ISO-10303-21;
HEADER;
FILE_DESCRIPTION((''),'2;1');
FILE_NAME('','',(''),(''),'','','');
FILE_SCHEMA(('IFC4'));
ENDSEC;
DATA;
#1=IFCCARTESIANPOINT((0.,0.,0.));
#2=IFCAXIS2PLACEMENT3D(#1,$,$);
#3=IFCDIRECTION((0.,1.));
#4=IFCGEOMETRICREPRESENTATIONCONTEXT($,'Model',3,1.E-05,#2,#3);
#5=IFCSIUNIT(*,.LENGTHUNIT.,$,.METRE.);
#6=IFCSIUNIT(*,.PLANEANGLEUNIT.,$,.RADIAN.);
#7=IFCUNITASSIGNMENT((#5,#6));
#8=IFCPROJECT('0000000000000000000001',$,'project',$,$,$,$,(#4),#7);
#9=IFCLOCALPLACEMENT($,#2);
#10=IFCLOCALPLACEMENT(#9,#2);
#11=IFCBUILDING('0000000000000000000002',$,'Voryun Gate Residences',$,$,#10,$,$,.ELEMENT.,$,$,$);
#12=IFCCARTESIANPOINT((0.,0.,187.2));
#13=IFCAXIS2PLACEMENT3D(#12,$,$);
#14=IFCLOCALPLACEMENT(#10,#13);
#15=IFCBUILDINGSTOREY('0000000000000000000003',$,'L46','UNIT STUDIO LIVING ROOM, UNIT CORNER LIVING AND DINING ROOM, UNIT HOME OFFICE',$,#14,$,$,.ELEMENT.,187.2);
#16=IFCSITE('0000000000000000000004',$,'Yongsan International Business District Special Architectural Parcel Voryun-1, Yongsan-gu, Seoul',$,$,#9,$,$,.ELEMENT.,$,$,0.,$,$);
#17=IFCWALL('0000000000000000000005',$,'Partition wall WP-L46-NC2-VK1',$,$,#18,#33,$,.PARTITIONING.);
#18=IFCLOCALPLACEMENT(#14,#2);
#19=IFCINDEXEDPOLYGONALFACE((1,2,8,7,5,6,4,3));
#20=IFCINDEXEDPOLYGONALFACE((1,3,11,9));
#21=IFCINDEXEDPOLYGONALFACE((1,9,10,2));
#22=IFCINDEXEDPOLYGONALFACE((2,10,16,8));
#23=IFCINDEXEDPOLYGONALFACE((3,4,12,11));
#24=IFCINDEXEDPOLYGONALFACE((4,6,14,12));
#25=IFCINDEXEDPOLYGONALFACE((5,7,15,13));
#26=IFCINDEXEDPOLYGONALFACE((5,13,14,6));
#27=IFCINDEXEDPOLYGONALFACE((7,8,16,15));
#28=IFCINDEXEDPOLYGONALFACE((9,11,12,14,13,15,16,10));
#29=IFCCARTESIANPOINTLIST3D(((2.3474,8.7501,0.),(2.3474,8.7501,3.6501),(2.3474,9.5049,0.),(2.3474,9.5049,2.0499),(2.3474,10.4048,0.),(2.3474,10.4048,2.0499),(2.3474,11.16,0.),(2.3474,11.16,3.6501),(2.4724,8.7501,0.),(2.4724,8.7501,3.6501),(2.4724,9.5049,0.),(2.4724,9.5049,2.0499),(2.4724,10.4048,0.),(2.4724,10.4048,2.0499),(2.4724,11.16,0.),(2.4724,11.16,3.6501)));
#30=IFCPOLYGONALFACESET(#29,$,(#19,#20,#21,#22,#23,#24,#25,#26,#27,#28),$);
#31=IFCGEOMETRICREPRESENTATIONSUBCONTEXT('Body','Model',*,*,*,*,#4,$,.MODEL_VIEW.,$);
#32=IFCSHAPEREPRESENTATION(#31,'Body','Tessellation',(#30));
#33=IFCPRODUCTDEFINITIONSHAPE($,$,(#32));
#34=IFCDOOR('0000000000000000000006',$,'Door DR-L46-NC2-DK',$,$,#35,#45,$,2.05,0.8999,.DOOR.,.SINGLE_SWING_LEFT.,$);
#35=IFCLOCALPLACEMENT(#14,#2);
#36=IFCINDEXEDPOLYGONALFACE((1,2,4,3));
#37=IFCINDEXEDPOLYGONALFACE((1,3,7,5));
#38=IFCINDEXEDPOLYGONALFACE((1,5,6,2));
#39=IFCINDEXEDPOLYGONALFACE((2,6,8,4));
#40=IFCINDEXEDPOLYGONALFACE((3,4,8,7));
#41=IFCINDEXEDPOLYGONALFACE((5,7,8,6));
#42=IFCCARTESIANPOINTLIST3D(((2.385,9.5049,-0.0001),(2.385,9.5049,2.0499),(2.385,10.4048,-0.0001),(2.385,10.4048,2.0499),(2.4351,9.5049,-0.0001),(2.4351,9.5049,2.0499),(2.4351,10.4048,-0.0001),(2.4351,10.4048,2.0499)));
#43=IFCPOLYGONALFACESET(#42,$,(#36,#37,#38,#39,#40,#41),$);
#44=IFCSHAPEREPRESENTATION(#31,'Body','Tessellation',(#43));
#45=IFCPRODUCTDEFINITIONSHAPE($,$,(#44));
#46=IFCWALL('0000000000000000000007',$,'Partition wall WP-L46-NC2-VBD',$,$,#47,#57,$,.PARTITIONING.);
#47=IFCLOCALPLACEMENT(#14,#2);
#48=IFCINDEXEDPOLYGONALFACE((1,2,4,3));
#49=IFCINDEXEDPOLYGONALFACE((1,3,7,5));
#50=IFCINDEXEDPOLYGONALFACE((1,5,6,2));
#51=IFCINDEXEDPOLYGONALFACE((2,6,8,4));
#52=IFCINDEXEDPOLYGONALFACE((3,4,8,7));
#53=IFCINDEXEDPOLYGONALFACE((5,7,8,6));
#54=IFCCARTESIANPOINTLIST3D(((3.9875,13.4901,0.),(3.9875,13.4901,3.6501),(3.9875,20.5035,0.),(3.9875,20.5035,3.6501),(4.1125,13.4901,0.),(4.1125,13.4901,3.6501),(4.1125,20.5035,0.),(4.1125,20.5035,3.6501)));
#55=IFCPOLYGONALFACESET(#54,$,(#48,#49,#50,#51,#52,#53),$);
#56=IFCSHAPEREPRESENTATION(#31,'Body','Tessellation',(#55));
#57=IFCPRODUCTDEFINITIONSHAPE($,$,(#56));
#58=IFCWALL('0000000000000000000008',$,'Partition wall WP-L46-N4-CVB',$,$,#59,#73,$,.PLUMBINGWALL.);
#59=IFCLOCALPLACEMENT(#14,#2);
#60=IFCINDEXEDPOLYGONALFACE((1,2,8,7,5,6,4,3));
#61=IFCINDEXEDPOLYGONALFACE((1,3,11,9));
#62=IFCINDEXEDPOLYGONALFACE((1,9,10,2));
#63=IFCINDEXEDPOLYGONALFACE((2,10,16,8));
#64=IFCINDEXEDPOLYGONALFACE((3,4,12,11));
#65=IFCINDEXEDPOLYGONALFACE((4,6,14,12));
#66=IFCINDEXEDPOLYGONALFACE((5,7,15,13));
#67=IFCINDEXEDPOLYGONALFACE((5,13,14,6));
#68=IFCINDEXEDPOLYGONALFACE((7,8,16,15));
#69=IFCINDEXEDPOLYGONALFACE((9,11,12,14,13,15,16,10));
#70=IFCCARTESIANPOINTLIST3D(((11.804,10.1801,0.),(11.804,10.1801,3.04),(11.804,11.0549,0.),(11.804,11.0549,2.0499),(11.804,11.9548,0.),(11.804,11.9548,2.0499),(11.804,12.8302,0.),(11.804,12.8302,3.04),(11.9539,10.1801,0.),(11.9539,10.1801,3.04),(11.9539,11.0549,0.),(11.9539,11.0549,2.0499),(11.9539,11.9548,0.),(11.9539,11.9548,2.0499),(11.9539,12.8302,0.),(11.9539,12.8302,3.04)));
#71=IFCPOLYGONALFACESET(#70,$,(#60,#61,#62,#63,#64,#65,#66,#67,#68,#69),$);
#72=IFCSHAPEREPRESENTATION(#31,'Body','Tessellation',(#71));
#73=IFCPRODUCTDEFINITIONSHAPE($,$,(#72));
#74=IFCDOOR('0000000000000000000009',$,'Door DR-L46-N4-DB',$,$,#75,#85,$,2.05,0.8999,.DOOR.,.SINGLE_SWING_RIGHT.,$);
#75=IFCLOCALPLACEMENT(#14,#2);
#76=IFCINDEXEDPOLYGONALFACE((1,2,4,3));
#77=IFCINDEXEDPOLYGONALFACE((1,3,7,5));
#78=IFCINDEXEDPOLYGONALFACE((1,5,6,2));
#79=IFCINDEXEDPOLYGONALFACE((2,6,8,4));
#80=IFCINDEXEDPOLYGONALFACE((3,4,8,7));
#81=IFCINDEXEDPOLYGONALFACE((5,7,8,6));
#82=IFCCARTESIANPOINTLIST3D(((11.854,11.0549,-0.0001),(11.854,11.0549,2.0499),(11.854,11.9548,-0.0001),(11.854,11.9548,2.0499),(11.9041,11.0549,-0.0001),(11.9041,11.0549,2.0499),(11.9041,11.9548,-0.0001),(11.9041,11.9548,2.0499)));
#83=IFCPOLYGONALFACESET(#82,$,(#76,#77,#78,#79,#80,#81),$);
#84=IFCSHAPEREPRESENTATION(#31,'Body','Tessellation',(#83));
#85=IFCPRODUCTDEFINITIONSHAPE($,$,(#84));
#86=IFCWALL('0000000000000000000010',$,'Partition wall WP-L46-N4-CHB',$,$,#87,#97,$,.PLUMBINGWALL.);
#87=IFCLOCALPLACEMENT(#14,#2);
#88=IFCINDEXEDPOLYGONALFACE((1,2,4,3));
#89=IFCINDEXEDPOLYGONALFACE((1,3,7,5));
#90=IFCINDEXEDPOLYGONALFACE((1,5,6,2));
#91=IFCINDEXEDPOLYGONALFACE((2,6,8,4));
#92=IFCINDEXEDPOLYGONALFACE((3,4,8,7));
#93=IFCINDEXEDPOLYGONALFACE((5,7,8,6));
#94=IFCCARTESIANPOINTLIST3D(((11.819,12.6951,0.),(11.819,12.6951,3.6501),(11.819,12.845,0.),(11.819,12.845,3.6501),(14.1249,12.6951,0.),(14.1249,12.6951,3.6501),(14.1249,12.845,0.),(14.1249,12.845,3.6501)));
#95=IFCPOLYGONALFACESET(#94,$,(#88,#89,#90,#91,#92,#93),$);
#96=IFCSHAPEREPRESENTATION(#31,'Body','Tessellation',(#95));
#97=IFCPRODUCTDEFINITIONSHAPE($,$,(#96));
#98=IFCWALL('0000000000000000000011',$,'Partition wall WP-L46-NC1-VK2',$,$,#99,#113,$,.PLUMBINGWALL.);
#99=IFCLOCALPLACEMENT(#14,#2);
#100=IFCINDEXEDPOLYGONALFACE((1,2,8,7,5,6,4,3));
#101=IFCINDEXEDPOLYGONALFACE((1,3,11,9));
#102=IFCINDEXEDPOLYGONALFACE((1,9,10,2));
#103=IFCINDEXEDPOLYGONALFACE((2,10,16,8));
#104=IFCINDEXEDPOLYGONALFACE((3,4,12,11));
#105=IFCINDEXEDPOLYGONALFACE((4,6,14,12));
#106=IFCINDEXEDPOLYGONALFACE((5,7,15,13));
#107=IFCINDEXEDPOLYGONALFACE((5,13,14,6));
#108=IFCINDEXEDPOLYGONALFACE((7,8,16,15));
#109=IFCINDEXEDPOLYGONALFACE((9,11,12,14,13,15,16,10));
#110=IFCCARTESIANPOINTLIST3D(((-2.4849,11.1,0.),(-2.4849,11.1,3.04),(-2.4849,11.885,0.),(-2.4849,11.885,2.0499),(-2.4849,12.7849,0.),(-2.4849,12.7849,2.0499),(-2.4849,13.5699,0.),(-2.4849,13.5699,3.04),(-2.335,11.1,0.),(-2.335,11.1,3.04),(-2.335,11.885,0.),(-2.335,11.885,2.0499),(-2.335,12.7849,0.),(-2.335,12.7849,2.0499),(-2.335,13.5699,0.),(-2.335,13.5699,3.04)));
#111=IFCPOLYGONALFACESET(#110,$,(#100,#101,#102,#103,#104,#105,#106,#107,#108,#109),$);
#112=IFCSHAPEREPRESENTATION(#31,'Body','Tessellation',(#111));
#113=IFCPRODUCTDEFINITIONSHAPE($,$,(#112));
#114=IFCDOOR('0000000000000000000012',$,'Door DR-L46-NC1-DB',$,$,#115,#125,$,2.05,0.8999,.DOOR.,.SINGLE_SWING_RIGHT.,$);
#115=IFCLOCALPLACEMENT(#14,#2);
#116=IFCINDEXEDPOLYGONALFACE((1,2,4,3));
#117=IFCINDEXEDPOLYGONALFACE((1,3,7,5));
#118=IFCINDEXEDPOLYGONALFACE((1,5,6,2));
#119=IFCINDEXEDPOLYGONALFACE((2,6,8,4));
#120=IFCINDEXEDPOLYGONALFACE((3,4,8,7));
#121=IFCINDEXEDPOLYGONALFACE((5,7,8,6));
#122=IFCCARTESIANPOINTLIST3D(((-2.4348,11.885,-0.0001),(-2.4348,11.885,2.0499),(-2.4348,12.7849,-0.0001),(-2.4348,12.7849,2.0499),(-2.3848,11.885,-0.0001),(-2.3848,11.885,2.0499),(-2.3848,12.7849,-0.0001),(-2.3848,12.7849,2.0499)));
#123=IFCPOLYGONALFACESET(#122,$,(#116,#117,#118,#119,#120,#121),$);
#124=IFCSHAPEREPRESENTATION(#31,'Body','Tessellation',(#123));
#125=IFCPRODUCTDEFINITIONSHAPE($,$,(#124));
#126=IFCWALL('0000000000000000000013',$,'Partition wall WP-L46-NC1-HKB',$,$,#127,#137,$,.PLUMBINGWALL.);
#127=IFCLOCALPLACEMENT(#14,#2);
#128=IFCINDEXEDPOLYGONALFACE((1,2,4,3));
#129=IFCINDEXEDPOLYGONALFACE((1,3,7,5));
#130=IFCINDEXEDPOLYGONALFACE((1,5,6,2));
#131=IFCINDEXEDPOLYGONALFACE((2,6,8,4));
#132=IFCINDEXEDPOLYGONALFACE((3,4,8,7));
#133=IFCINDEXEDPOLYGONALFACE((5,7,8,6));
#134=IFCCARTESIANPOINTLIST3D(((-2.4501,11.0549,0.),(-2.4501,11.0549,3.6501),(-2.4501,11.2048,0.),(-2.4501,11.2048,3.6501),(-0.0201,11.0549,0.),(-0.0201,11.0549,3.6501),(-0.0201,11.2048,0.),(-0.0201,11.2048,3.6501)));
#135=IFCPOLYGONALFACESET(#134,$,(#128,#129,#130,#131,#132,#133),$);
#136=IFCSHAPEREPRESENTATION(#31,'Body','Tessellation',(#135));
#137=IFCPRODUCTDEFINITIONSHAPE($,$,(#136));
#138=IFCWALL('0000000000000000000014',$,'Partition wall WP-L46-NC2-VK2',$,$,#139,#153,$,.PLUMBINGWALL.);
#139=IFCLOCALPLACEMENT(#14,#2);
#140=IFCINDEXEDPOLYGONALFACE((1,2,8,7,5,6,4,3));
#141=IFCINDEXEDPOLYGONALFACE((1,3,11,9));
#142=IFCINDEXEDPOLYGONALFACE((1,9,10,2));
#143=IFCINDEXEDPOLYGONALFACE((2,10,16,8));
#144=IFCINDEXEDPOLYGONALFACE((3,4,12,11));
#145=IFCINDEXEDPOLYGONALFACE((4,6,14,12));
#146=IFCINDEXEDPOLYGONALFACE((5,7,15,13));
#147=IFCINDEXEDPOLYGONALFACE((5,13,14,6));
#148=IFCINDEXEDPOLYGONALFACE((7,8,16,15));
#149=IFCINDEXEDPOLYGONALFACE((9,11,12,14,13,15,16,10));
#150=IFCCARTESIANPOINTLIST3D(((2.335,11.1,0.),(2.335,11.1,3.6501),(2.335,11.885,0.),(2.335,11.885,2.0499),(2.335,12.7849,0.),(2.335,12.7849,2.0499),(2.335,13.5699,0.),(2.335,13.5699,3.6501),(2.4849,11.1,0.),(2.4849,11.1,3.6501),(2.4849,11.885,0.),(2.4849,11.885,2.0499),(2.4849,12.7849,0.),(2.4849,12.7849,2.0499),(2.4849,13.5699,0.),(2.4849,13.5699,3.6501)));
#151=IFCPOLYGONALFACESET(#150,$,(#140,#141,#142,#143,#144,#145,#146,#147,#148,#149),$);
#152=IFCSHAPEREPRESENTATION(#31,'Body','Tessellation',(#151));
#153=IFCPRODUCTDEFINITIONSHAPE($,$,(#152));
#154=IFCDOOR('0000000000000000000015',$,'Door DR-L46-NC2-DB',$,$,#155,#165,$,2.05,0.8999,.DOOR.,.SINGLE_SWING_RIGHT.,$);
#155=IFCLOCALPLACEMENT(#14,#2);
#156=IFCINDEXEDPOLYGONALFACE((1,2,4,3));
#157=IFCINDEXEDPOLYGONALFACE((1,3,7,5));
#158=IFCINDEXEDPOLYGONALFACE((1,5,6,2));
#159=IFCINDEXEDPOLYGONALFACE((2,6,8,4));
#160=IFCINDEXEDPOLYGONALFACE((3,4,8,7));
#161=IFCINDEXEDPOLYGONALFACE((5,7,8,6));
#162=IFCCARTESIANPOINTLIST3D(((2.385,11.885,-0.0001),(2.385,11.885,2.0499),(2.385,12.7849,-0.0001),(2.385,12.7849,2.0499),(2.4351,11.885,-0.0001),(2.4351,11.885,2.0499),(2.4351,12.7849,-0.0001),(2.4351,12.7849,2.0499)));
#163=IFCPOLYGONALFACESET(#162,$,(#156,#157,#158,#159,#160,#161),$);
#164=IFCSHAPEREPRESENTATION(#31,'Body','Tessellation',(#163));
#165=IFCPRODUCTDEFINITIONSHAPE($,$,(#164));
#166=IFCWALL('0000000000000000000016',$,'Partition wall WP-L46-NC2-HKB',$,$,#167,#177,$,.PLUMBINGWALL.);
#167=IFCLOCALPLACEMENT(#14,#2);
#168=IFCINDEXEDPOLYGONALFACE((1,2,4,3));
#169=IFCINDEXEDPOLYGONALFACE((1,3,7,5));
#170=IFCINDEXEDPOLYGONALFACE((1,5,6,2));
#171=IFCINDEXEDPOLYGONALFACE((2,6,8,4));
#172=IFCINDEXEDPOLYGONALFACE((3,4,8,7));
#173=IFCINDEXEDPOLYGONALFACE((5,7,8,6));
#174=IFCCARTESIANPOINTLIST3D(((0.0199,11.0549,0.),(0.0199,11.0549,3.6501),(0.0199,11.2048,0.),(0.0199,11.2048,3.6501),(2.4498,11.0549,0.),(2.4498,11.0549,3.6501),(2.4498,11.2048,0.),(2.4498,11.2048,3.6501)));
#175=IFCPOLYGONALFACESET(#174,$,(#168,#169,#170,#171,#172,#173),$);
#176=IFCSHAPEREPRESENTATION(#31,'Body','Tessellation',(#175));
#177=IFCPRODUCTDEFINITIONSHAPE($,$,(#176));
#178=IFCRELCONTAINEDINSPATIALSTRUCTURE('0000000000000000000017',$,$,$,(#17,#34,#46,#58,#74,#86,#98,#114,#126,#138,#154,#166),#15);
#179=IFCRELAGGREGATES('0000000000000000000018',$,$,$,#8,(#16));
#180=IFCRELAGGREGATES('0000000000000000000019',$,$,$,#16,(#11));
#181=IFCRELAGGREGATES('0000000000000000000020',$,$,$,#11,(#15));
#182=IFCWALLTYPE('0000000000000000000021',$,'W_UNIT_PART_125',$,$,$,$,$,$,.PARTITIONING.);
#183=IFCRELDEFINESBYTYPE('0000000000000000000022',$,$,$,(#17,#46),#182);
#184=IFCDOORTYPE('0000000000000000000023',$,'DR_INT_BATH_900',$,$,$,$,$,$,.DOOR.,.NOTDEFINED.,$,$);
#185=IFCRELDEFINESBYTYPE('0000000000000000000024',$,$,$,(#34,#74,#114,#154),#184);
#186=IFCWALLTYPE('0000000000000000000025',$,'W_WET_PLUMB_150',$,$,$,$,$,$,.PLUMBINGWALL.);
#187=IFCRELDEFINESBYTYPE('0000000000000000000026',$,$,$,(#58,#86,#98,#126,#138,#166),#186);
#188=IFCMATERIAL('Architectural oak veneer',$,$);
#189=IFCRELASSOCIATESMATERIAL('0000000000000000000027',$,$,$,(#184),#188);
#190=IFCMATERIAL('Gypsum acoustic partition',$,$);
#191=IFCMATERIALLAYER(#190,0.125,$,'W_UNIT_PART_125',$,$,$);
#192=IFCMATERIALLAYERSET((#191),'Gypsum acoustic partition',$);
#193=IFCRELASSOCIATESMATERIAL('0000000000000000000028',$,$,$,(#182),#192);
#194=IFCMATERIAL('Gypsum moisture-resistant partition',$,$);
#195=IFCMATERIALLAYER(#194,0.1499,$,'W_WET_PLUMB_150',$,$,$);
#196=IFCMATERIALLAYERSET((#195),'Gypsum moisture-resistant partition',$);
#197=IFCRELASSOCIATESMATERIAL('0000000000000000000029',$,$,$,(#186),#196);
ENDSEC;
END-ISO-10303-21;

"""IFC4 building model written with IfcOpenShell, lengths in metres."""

from ifc_helpers import new_model, si_unit, direction, frame, frame_2d, origin, place, context, subcontext, project, spatial, rectangle, extrude, material, layer, layer_set, type_object, element, fill, save


model = new_model("IFC4")

# Units and contexts
model_context = context("Model", 3, precision=1e-05, world=origin(), true_north=direction((0.0, 1.0)))
body_context = subcontext(model_context, "Body", "Model", "MODEL_VIEW")
ifc_project = project(units=[si_unit("LENGTHUNIT", "METRE"), si_unit("PLANEANGLEUNIT", "RADIAN")], contexts=[model_context])

# Site, building, storey
site_placement = place(None, origin())
site = spatial("IfcSite", under=ifc_project, at=site_placement, Name="Yongsan International Business District Special Architectural Parcel Voryun-1, Yongsan-gu, Seoul", CompositionType="ELEMENT", RefElevation=0.0)
building_placement = place(site_placement, origin())
building = spatial("IfcBuilding", under=site, at=building_placement, Name="Voryun Gate Residences", CompositionType="ELEMENT")
storey_placement = place(building_placement, frame((0.0, 0.0, 187.2)))
storey = spatial("IfcBuildingStorey", under=building, at=storey_placement, Name="L46", Description="UNIT STUDIO LIVING ROOM, UNIT CORNER LIVING AND DINING ROOM, UNIT HOME OFFICE", CompositionType="ELEMENT", Elevation=187.2)

# Shared definitions
ifc_material_1 = material(Name="Architectural oak veneer")
door_type_1 = type_object("IfcDoorType", Name="DR_INT_BATH_900", OperationType="NOTDEFINED", PredefinedType="DOOR", material=ifc_material_1)

# Shared definitions
ifc_material_2 = material(Name="Gypsum acoustic partition")
ifc_layer_1 = layer(ifc_material_2, 0.125, Name="W_UNIT_PART_125")
ifc_layer_set_1 = layer_set([ifc_layer_1], Name="Gypsum acoustic partition")
wall_type_1 = type_object("IfcWallType", Name="W_UNIT_PART_125", PredefinedType="PARTITIONING", material=ifc_layer_set_1)

# Wall, opening, door
wall_1_placement = place(storey_placement, frame((2.4099, 8.75, 0.0), z_axis=(0.0, 0.0, 1.0), x_axis=(0.0, 1.0, 0.0)))
wall_1 = element("IfcWall", 1, at=wall_1_placement, inside=storey, type_object=wall_type_1, Name="Partition wall WP-L46-NC2-VK1", PredefinedType="PARTITIONING", context=body_context, shape_type="SweptSolid", body=[
    extrude(rectangle(XDim=2.4099, YDim=0.125, at=frame_2d((1.2051, 0.0))), origin(), (0.0, 0.0, 1.0), 3.6501),
])
opening_1_placement = place(wall_1_placement, frame((0.7549, 0.0, 0.0)))
opening_1 = element("IfcOpeningElement", 2, at=opening_1_placement, cuts=wall_1, PredefinedType="OPENING", context=body_context, shape_type="SweptSolid", body=[
    extrude(rectangle(XDim=0.8999, YDim=2.05, at=frame_2d((0.45, 1.0249))), frame((0.0, 0.0725, 0.0), z_axis=(0.0, -1.0, 0.0), x_axis=(1.0, 0.0, 0.0)), (0.0, 0.0, 1.0), 0.145),
])
door_1_placement = place(opening_1_placement, origin())
door_1 = element("IfcDoor", 3, at=door_1_placement, inside=storey, type_object=door_type_1, Name="Door DR-L46-NC2-DK", OperationType="SINGLE_SWING_LEFT", OverallHeight=2.05, OverallWidth=0.8999, PredefinedType="DOOR", context=body_context, shape_type="SweptSolid", body=[
    extrude(rectangle(XDim=0.8999, YDim=2.05, at=frame_2d((0.45, 1.0249))), frame((0.0, 0.0249, 0.0), z_axis=(0.0, -1.0, 0.0), x_axis=(1.0, 0.0, 0.0)), (0.0, 0.0, 1.0), 0.05),
])
fill(opening_1, door_1)

# Wall
wall_2_placement = place(storey_placement, frame((4.05, 13.49, 0.0), z_axis=(0.0, 0.0, 1.0), x_axis=(0.0, 1.0, 0.0)))
element("IfcWall", 4, at=wall_2_placement, inside=storey, type_object=wall_type_1, Name="Partition wall WP-L46-NC2-VBD", PredefinedType="PARTITIONING", context=body_context, shape_type="SweptSolid", body=[
    extrude(rectangle(XDim=7.0134, YDim=0.125, at=frame_2d((3.5068, 0.0))), origin(), (0.0, 0.0, 1.0), 3.6501),
])

# Wall, opening, door
ifc_material_3 = material(Name="Gypsum moisture-resistant partition")
ifc_layer_2 = layer(ifc_material_3, 0.1499, Name="W_WET_PLUMB_150")
ifc_layer_set_2 = layer_set([ifc_layer_2], Name="Gypsum moisture-resistant partition")
wall_type_2 = type_object("IfcWallType", Name="W_WET_PLUMB_150", PredefinedType="PLUMBINGWALL", material=ifc_layer_set_2)
wall_3_placement = place(storey_placement, frame((11.8789, 10.1799, 0.0), z_axis=(0.0, 0.0, 1.0), x_axis=(0.0, 1.0, 0.0)))
wall_3 = element("IfcWall", 5, at=wall_3_placement, inside=storey, type_object=wall_type_2, Name="Partition wall WP-L46-N4-CVB", PredefinedType="PLUMBINGWALL", context=body_context, shape_type="SweptSolid", body=[
    extrude(rectangle(XDim=2.6501, YDim=0.1499, at=frame_2d((1.3252, 0.0))), origin(), (0.0, 0.0, 1.0), 3.04),
])
opening_2_placement = place(wall_3_placement, frame((0.875, 0.0, 0.0)))
opening_2 = element("IfcOpeningElement", 6, at=opening_2_placement, cuts=wall_3, PredefinedType="OPENING", context=body_context, shape_type="SweptSolid", body=[
    extrude(rectangle(XDim=0.8999, YDim=2.05, at=frame_2d((0.45, 1.0249))), frame((0.0, 0.085, 0.0), z_axis=(0.0, -1.0, 0.0), x_axis=(1.0, 0.0, 0.0)), (0.0, 0.0, 1.0), 0.1699),
])
door_2_placement = place(opening_2_placement, origin())
door_2 = element("IfcDoor", 7, at=door_2_placement, inside=storey, type_object=door_type_1, Name="Door DR-L46-N4-DB", OperationType="SINGLE_SWING_RIGHT", OverallHeight=2.05, OverallWidth=0.8999, PredefinedType="DOOR", context=body_context, shape_type="SweptSolid", body=[
    extrude(rectangle(XDim=0.8999, YDim=2.05, at=frame_2d((0.45, 1.0249))), frame((0.0, 0.0249, 0.0), z_axis=(0.0, -1.0, 0.0), x_axis=(1.0, 0.0, 0.0)), (0.0, 0.0, 1.0), 0.05),
])
fill(opening_2, door_2)

# Wall
wall_4_placement = place(storey_placement, frame((11.8191, 12.77, 0.0), z_axis=(0.0, 0.0, 1.0), x_axis=(1.0, 0.0, 0.0)))
element("IfcWall", 8, at=wall_4_placement, inside=storey, type_object=wall_type_2, Name="Partition wall WP-L46-N4-CHB", PredefinedType="PLUMBINGWALL", context=body_context, shape_type="SweptSolid", body=[
    extrude(rectangle(XDim=2.3059, YDim=0.1499, at=frame_2d((1.1528, 0.0))), origin(), (0.0, 0.0, 1.0), 3.6501),
])

# Wall, opening, door
wall_5_placement = place(storey_placement, frame((-2.4099, 11.1001, 0.0), z_axis=(0.0, 0.0, 1.0), x_axis=(0.0, 1.0, 0.0)))
wall_5 = element("IfcWall", 9, at=wall_5_placement, inside=storey, type_object=wall_type_2, Name="Partition wall WP-L46-NC1-VK2", PredefinedType="PLUMBINGWALL", context=body_context, shape_type="SweptSolid", body=[
    extrude(rectangle(XDim=2.47, YDim=0.1499, at=frame_2d((1.2349, 0.0))), origin(), (0.0, 0.0, 1.0), 3.04),
])
opening_3_placement = place(wall_5_placement, frame((0.7849, 0.0, 0.0)))
opening_3 = element("IfcOpeningElement", 10, at=opening_3_placement, cuts=wall_5, PredefinedType="OPENING", context=body_context, shape_type="SweptSolid", body=[
    extrude(rectangle(XDim=0.8999, YDim=2.05, at=frame_2d((0.45, 1.0249))), frame((0.0, 0.085, 0.0), z_axis=(0.0, -1.0, 0.0), x_axis=(1.0, 0.0, 0.0)), (0.0, 0.0, 1.0), 0.1699),
])
door_3_placement = place(opening_3_placement, origin())
door_3 = element("IfcDoor", 11, at=door_3_placement, inside=storey, type_object=door_type_1, Name="Door DR-L46-NC1-DB", OperationType="SINGLE_SWING_RIGHT", OverallHeight=2.05, OverallWidth=0.8999, PredefinedType="DOOR", context=body_context, shape_type="SweptSolid", body=[
    extrude(rectangle(XDim=0.8999, YDim=2.05, at=frame_2d((0.45, 1.0249))), frame((0.0, 0.0249, 0.0), z_axis=(0.0, -1.0, 0.0), x_axis=(1.0, 0.0, 0.0)), (0.0, 0.0, 1.0), 0.05),
])
fill(opening_3, door_3)

# Wall
wall_6_placement = place(storey_placement, frame((-2.45, 11.1299, 0.0), z_axis=(0.0, 0.0, 1.0), x_axis=(1.0, 0.0, 0.0)))
element("IfcWall", 12, at=wall_6_placement, inside=storey, type_object=wall_type_2, Name="Partition wall WP-L46-NC1-HKB", PredefinedType="PLUMBINGWALL", context=body_context, shape_type="SweptSolid", body=[
    extrude(rectangle(XDim=2.4299, YDim=0.1499, at=frame_2d((1.2148, 0.0))), origin(), (0.0, 0.0, 1.0), 3.6501),
])

# Wall, opening, door
wall_7_placement = place(storey_placement, frame((2.4099, 11.1001, 0.0), z_axis=(0.0, 0.0, 1.0), x_axis=(0.0, 1.0, 0.0)))
wall_7 = element("IfcWall", 13, at=wall_7_placement, inside=storey, type_object=wall_type_2, Name="Partition wall WP-L46-NC2-VK2", PredefinedType="PLUMBINGWALL", context=body_context, shape_type="SweptSolid", body=[
    extrude(rectangle(XDim=2.47, YDim=0.1499, at=frame_2d((1.2349, 0.0))), origin(), (0.0, 0.0, 1.0), 3.6501),
])
opening_4_placement = place(wall_7_placement, frame((0.7849, 0.0, 0.0)))
opening_4 = element("IfcOpeningElement", 14, at=opening_4_placement, cuts=wall_7, PredefinedType="OPENING", context=body_context, shape_type="SweptSolid", body=[
    extrude(rectangle(XDim=0.8999, YDim=2.05, at=frame_2d((0.45, 1.0249))), frame((0.0, 0.085, 0.0), z_axis=(0.0, -1.0, 0.0), x_axis=(1.0, 0.0, 0.0)), (0.0, 0.0, 1.0), 0.1699),
])
door_4_placement = place(opening_4_placement, origin())
door_4 = element("IfcDoor", 15, at=door_4_placement, inside=storey, type_object=door_type_1, Name="Door DR-L46-NC2-DB", OperationType="SINGLE_SWING_RIGHT", OverallHeight=2.05, OverallWidth=0.8999, PredefinedType="DOOR", context=body_context, shape_type="SweptSolid", body=[
    extrude(rectangle(XDim=0.8999, YDim=2.05, at=frame_2d((0.45, 1.0249))), frame((0.0, 0.0249, 0.0), z_axis=(0.0, -1.0, 0.0), x_axis=(1.0, 0.0, 0.0)), (0.0, 0.0, 1.0), 0.05),
])
fill(opening_4, door_4)

# Wall
wall_8_placement = place(storey_placement, frame((0.02, 11.1299, 0.0), z_axis=(0.0, 0.0, 1.0), x_axis=(1.0, 0.0, 0.0)))
element("IfcWall", 16, at=wall_8_placement, inside=storey, type_object=wall_type_2, Name="Partition wall WP-L46-NC2-HKB", PredefinedType="PLUMBINGWALL", context=body_context, shape_type="SweptSolid", body=[
    extrude(rectangle(XDim=2.4299, YDim=0.1499, at=frame_2d((1.2148, 0.0))), origin(), (0.0, 0.0, 1.0), 3.6501),
])

save(model, "model.ifc")
